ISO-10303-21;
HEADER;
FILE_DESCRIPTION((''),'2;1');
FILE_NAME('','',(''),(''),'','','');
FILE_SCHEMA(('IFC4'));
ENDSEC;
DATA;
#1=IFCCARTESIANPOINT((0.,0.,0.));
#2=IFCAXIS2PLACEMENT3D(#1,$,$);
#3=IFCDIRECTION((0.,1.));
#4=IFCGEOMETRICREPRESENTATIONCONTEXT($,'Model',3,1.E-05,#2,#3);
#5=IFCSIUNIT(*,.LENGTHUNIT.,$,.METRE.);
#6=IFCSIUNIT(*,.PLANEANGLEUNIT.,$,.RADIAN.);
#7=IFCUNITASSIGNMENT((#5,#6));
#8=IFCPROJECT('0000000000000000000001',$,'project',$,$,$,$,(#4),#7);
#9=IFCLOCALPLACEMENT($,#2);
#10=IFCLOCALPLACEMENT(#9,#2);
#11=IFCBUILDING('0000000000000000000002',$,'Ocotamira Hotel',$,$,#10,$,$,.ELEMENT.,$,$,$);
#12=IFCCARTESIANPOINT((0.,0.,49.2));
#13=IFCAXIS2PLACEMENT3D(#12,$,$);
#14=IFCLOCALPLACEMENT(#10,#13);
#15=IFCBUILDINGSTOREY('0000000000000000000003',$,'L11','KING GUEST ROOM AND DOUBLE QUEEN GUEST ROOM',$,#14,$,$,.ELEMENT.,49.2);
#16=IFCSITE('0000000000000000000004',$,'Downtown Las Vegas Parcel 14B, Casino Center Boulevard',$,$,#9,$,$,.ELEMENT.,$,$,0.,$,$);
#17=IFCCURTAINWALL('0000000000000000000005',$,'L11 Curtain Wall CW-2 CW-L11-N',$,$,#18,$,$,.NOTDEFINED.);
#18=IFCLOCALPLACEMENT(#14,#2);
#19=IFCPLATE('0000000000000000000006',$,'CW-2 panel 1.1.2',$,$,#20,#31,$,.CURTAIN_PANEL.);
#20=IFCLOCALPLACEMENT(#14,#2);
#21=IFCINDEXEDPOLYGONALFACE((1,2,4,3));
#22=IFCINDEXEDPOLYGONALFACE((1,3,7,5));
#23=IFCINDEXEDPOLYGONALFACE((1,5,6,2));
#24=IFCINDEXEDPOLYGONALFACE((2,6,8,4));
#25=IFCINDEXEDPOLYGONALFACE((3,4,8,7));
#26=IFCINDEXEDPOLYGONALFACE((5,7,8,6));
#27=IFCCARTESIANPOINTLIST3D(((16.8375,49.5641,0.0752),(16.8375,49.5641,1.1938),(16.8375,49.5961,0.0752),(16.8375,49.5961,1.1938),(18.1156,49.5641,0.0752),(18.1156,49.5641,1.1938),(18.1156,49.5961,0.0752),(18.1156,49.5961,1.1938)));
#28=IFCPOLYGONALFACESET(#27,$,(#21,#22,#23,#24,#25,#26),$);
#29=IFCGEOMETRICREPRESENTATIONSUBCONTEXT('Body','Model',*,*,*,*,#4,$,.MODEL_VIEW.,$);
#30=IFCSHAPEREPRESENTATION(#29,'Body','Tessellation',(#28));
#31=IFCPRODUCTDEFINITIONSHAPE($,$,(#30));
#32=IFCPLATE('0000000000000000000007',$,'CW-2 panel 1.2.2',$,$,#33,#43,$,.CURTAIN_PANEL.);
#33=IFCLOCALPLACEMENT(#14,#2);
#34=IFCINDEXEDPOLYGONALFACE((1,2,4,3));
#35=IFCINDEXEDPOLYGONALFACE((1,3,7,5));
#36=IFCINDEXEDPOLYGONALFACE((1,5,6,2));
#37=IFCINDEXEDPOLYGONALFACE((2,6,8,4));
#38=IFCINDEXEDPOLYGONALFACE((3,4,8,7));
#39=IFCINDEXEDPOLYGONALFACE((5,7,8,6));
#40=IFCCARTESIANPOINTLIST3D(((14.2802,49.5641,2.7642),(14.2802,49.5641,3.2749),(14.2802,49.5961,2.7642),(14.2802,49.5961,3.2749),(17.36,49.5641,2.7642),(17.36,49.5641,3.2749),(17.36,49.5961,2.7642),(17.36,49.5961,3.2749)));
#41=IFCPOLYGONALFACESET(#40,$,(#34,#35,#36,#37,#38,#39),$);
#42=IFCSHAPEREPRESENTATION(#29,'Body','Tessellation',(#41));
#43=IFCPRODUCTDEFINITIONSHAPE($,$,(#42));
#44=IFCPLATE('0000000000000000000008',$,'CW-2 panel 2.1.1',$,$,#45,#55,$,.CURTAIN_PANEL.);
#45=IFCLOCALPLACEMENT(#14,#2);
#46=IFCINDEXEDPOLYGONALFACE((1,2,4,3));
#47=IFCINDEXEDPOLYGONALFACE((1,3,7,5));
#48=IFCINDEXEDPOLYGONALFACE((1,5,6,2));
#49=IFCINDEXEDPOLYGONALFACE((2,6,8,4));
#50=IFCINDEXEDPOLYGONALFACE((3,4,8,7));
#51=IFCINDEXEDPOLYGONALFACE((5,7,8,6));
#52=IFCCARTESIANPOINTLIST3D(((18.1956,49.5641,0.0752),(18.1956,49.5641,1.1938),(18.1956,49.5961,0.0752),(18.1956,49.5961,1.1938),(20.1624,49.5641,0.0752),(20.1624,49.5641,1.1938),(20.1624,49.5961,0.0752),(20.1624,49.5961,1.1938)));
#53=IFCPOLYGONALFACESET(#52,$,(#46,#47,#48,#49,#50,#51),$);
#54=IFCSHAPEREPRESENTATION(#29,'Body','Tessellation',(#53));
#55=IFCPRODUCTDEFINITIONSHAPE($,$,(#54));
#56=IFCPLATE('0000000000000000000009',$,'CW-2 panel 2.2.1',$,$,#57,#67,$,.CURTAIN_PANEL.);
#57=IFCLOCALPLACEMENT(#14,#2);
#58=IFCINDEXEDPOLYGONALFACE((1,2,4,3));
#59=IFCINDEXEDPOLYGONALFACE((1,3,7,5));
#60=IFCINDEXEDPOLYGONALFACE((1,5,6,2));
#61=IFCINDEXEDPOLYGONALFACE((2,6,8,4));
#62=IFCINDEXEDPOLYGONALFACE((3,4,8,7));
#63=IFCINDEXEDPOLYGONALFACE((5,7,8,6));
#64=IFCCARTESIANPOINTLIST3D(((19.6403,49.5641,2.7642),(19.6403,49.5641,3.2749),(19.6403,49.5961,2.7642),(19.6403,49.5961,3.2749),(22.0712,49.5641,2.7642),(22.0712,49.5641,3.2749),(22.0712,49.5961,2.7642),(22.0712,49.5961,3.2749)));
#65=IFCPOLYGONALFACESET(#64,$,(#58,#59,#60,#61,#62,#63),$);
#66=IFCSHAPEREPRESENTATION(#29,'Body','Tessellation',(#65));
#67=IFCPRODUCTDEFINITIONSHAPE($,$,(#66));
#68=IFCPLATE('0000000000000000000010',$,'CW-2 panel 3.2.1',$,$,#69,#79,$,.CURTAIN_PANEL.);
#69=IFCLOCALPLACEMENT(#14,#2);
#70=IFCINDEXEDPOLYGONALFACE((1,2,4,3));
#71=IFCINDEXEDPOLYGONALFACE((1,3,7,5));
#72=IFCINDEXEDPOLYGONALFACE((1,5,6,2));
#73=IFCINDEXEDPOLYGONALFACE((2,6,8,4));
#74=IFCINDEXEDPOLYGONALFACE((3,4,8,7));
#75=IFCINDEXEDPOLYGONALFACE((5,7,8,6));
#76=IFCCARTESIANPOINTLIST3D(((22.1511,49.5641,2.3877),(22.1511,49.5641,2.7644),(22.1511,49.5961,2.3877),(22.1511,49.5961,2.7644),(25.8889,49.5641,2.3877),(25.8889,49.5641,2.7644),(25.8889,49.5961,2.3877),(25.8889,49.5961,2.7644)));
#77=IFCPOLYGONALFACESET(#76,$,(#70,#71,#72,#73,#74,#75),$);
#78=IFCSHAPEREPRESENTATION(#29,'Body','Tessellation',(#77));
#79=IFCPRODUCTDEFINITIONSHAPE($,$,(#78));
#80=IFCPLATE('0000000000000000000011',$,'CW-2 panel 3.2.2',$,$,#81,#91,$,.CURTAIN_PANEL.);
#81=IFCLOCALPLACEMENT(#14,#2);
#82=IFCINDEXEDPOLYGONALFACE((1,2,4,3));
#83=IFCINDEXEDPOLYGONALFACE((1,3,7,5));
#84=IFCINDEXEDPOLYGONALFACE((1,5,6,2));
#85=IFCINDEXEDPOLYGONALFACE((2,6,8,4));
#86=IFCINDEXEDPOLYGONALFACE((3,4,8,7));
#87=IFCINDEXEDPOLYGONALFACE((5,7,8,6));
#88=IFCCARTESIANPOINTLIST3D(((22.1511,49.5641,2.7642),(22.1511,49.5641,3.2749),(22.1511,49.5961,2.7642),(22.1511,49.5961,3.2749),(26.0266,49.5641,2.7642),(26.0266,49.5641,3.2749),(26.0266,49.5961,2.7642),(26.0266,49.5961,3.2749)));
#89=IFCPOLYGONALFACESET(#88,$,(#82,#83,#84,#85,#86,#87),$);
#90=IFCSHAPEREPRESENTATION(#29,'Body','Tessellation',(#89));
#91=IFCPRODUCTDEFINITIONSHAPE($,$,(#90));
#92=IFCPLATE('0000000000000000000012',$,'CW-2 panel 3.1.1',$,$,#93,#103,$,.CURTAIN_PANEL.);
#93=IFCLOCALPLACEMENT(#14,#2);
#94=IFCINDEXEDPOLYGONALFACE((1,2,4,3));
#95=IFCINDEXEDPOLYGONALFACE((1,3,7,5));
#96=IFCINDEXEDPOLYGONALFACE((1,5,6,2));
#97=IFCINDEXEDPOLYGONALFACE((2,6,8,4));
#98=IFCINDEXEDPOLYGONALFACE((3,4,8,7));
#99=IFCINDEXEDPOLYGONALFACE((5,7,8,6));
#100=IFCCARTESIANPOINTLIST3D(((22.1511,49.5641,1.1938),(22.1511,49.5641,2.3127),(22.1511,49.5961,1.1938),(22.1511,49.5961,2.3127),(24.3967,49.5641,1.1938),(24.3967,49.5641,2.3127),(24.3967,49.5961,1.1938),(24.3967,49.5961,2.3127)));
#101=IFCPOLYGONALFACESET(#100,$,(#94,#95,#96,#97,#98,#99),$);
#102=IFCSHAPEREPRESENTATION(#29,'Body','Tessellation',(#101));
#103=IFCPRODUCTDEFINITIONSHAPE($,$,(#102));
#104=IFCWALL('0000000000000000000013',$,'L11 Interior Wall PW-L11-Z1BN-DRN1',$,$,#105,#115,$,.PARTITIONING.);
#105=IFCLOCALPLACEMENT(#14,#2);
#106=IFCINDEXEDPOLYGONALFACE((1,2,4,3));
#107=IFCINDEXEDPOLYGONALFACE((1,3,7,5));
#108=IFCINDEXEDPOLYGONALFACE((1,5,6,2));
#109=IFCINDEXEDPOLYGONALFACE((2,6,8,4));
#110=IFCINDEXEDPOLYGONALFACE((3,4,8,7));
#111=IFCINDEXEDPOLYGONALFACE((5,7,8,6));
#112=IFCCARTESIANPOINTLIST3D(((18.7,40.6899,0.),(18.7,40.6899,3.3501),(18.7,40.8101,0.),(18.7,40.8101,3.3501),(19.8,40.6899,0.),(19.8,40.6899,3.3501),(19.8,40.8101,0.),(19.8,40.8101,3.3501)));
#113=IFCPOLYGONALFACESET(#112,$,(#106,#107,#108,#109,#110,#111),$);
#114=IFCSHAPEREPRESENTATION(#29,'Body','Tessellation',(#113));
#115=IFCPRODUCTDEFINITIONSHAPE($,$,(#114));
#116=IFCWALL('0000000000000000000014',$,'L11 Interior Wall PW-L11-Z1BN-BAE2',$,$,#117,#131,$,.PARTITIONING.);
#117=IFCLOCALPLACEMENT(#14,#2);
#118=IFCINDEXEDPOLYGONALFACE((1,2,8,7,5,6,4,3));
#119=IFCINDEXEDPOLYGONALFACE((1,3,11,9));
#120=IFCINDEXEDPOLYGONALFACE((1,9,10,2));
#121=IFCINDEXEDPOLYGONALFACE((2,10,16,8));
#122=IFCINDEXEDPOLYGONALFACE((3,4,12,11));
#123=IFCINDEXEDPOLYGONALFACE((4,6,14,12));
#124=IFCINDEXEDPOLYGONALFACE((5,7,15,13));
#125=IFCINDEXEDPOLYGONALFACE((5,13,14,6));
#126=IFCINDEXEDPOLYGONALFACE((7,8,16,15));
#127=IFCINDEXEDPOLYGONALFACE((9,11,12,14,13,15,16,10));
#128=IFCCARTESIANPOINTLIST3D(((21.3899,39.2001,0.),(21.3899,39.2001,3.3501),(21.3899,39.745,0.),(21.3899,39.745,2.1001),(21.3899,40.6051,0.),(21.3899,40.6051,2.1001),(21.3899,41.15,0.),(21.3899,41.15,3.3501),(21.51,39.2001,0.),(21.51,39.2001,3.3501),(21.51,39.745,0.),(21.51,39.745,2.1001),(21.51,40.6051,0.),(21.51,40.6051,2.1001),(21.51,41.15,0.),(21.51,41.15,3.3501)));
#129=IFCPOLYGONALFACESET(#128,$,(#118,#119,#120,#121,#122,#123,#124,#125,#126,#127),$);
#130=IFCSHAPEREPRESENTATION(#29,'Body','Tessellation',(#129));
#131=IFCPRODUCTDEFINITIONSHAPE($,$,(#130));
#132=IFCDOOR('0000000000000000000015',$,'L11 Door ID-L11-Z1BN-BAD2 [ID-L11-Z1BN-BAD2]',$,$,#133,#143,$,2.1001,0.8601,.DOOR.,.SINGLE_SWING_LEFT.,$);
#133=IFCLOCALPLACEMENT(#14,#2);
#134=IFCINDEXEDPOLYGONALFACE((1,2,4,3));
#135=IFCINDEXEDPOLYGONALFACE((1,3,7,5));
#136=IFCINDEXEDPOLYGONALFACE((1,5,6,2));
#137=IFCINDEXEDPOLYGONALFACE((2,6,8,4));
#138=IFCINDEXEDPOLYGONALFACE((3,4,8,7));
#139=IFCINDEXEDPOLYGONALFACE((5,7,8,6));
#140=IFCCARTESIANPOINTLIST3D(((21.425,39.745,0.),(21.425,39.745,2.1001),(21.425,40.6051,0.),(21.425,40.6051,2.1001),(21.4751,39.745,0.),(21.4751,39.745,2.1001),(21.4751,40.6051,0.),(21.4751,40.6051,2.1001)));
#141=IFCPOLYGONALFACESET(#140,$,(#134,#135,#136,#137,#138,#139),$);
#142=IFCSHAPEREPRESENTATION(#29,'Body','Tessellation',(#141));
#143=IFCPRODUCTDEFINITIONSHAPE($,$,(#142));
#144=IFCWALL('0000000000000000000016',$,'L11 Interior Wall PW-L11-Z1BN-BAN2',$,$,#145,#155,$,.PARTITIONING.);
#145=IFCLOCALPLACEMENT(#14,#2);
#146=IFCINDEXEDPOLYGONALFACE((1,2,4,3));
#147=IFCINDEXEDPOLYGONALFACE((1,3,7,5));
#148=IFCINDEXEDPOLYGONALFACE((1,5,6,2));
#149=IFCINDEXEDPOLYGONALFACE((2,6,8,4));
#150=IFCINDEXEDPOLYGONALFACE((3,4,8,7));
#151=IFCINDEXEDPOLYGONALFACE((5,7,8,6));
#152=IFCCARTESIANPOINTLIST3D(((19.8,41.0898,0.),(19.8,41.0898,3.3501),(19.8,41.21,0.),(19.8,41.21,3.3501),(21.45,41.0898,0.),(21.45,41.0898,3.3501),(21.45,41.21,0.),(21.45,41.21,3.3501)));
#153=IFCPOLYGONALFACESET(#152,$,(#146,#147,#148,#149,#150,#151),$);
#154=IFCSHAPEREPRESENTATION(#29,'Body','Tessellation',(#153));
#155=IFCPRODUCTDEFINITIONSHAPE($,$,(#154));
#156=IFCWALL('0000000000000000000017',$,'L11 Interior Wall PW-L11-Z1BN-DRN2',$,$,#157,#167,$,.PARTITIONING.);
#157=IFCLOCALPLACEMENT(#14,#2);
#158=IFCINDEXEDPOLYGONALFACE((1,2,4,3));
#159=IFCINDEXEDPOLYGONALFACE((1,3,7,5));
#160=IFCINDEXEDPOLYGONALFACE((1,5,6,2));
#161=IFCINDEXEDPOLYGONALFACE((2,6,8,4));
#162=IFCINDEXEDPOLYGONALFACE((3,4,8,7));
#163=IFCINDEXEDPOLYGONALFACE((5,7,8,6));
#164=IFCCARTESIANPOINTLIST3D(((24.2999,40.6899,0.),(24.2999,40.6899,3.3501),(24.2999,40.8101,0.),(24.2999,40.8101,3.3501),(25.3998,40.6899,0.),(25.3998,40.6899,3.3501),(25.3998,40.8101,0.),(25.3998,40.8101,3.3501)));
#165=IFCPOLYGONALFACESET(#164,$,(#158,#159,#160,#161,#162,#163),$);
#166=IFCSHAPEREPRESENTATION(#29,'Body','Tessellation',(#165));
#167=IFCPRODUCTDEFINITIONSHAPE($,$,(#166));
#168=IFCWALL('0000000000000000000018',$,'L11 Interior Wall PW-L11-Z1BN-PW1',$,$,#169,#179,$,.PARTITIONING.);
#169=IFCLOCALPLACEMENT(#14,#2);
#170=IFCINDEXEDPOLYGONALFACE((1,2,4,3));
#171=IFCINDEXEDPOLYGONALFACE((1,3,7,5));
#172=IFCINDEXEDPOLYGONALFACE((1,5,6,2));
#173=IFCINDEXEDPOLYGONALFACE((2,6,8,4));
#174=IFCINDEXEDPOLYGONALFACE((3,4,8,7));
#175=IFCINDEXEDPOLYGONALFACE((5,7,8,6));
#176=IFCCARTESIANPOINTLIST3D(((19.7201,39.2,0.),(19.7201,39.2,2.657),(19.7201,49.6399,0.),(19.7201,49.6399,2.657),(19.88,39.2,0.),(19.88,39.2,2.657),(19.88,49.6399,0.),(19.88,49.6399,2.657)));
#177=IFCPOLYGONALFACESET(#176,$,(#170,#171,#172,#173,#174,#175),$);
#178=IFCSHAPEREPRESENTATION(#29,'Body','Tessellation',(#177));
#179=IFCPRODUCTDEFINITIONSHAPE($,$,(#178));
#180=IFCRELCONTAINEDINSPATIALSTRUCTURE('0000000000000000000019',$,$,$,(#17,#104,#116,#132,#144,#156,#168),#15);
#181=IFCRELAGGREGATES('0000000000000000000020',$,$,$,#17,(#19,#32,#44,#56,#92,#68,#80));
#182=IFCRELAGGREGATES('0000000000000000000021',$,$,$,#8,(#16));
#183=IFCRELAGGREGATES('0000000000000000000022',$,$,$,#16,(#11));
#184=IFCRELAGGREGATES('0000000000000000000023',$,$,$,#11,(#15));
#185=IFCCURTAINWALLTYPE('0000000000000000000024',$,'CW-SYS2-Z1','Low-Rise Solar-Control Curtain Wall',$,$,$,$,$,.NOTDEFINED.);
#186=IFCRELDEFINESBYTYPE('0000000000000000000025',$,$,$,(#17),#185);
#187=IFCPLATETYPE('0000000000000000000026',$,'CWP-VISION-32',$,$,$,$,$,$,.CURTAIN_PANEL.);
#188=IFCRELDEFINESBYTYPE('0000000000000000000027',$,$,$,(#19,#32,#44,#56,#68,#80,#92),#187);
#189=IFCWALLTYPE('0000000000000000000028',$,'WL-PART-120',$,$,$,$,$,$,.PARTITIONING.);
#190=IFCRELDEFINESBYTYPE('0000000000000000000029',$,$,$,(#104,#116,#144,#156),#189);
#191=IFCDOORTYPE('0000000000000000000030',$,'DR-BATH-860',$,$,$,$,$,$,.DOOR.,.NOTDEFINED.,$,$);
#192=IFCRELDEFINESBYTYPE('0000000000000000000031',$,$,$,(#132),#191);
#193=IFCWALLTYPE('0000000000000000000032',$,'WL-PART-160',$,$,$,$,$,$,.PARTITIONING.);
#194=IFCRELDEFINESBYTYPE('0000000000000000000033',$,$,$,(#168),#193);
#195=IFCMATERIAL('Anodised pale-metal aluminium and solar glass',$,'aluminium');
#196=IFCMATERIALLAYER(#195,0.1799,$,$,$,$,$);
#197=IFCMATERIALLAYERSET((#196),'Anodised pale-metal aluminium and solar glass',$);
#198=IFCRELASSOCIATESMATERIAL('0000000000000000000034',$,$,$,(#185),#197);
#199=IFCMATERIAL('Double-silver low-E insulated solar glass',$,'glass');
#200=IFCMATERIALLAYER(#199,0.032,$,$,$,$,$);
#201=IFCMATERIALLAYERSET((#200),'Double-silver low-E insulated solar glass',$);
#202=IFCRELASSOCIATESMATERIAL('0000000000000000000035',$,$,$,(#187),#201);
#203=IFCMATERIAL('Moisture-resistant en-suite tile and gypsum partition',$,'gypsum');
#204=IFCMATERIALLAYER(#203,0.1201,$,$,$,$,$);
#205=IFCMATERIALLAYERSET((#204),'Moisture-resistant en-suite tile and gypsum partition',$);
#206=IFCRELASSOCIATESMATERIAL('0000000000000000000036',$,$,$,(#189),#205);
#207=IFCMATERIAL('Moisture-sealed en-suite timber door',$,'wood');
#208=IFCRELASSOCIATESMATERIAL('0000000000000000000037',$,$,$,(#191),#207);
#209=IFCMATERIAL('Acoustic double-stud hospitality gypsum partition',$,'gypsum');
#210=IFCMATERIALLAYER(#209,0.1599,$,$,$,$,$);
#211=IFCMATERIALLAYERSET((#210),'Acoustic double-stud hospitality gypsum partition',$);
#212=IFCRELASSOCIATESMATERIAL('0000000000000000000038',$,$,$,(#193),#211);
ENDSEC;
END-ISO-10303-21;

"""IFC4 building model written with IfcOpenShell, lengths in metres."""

from ifc_helpers import new_model, si_unit, direction, frame, frame_2d, origin, origin_2d, place, context, subcontext, project, spatial, rectangle, extrude, source, transform, mapped, material, layer, layer_set, type_object, element, fill, aggregate, save


model = new_model("IFC4")

# Units and contexts
model_context = context("Model", 3, precision=1e-05, world=origin(), true_north=direction((0.0, 1.0)))
body_context = subcontext(model_context, "Body", "Model", "MODEL_VIEW")
ifc_project = project(units=[si_unit("LENGTHUNIT", "METRE"), si_unit("PLANEANGLEUNIT", "RADIAN")], contexts=[model_context])

# Site, building, storey
site_placement = place(None, origin())
site = spatial("IfcSite", under=ifc_project, at=site_placement, Name="Downtown Las Vegas Parcel 14B, Casino Center Boulevard", CompositionType="ELEMENT", RefElevation=0.0)
building_placement = place(site_placement, origin())
building = spatial("IfcBuilding", under=site, at=building_placement, Name="Ocotamira Hotel", CompositionType="ELEMENT")
storey_placement = place(building_placement, frame((0.0, 0.0, 49.2)))
storey = spatial("IfcBuildingStorey", under=building, at=storey_placement, Name="L11", Description="KING GUEST ROOM AND DOUBLE QUEEN GUEST ROOM", CompositionType="ELEMENT", Elevation=49.2)

# Curtain wall
ifc_material_1 = material(Name="Anodised pale-metal aluminium and solar glass", Category="aluminium")
ifc_layer_1 = layer(ifc_material_1, 0.1799)
ifc_layer_set_1 = layer_set([ifc_layer_1], Name="Anodised pale-metal aluminium and solar glass")
curtain_wall_type = type_object("IfcCurtainWallType", Name="CW-SYS2-Z1", Description="Low-Rise Solar-Control Curtain Wall", PredefinedType="NOTDEFINED", material=ifc_layer_set_1)
curtain_wall_placement = place(storey_placement, origin())
curtain_wall = element("IfcCurtainWall", 1, at=curtain_wall_placement, inside=storey, type_object=curtain_wall_type, Name="L11 Curtain Wall CW-2 CW-L11-N", PredefinedType="NOTDEFINED")

# Plates
ifc_material_2 = material(Name="Double-silver low-E insulated solar glass", Category="glass")
ifc_layer_2 = layer(ifc_material_2, 0.032)
ifc_layer_set_2 = layer_set([ifc_layer_2], Name="Double-silver low-E insulated solar glass")
plate_type_1 = type_object("IfcPlateType", Name="CWP-VISION-32", PredefinedType="CURTAIN_PANEL", material=ifc_layer_set_2)
shared_shape_1 = source(origin(), body_context, "Body", "SweptSolid", [
    extrude(rectangle(XDim=1.2781, YDim=0.032, at=origin_2d()), origin(), (0.0, 0.0, 1.0), 1.1187),
])
plate_1_placement = place(storey_placement, frame((17.4766, 49.5801, 0.0752), z_axis=(0.0, 0.0, 1.0), x_axis=(1.0, 0.0, 0.0)))
plate_1 = element("IfcPlate", 2, at=plate_1_placement, type_object=plate_type_1, Name="CW-2 panel 1.1.2", PredefinedType="CURTAIN_PANEL", context=body_context, shape_type="MappedRepresentation", body=[
    mapped(shared_shape_1, transform((0.0, 0.0, 0.0), scale=1.0)),
])
shared_shape_2 = source(origin(), body_context, "Body", "SweptSolid", [
    extrude(rectangle(XDim=3.0798, YDim=0.032, at=origin_2d()), origin(), (0.0, 0.0, 1.0), 0.5107),
])
plate_2_placement = place(storey_placement, frame((15.8201, 49.5801, 2.7642), z_axis=(0.0, 0.0, 1.0), x_axis=(1.0, 0.0, 0.0)))
plate_2 = element("IfcPlate", 3, at=plate_2_placement, type_object=plate_type_1, Name="CW-2 panel 1.2.2", PredefinedType="CURTAIN_PANEL", context=body_context, shape_type="MappedRepresentation", body=[
    mapped(shared_shape_2, transform((0.0, 0.0, 0.0), scale=1.0)),
])
shared_shape_3 = source(origin(), body_context, "Body", "SweptSolid", [
    extrude(rectangle(XDim=1.9668, YDim=0.032, at=origin_2d()), origin(), (0.0, 0.0, 1.0), 1.1187),
])
plate_3_placement = place(storey_placement, frame((19.179, 49.5801, 0.0752), z_axis=(0.0, 0.0, 1.0), x_axis=(1.0, 0.0, 0.0)))
plate_3 = element("IfcPlate", 4, at=plate_3_placement, type_object=plate_type_1, Name="CW-2 panel 2.1.1", PredefinedType="CURTAIN_PANEL", context=body_context, shape_type="MappedRepresentation", body=[
    mapped(shared_shape_3, transform((0.0, 0.0, 0.0), scale=1.0)),
])
shared_shape_4 = source(origin(), body_context, "Body", "SweptSolid", [
    extrude(rectangle(XDim=2.4309, YDim=0.032, at=origin_2d()), origin(), (0.0, 0.0, 1.0), 0.5107),
])
plate_4_placement = place(storey_placement, frame((20.8557, 49.5801, 2.7642), z_axis=(0.0, 0.0, 1.0), x_axis=(1.0, 0.0, 0.0)))
plate_4 = element("IfcPlate", 5, at=plate_4_placement, type_object=plate_type_1, Name="CW-2 panel 2.2.1", PredefinedType="CURTAIN_PANEL", context=body_context, shape_type="MappedRepresentation", body=[
    mapped(shared_shape_4, transform((0.0, 0.0, 0.0), scale=1.0)),
])
shared_shape_5 = source(origin(), body_context, "Body", "SweptSolid", [
    extrude(rectangle(XDim=3.7378, YDim=0.032, at=origin_2d()), origin(), (0.0, 0.0, 1.0), 0.3767),
])
plate_5_placement = place(storey_placement, frame((24.02, 49.5801, 2.3877), z_axis=(0.0, 0.0, 1.0), x_axis=(1.0, 0.0, 0.0)))
plate_5 = element("IfcPlate", 6, at=plate_5_placement, type_object=plate_type_1, Name="CW-2 panel 3.2.1", PredefinedType="CURTAIN_PANEL", context=body_context, shape_type="MappedRepresentation", body=[
    mapped(shared_shape_5, transform((0.0, 0.0, 0.0), scale=1.0)),
])
shared_shape_6 = source(origin(), body_context, "Body", "SweptSolid", [
    extrude(rectangle(XDim=3.8755, YDim=0.032, at=origin_2d()), origin(), (0.0, 0.0, 1.0), 0.5107),
])
plate_6_placement = place(storey_placement, frame((24.0889, 49.5801, 2.7642), z_axis=(0.0, 0.0, 1.0), x_axis=(1.0, 0.0, 0.0)))
plate_6 = element("IfcPlate", 7, at=plate_6_placement, type_object=plate_type_1, Name="CW-2 panel 3.2.2", PredefinedType="CURTAIN_PANEL", context=body_context, shape_type="MappedRepresentation", body=[
    mapped(shared_shape_6, transform((0.0, 0.0, 0.0), scale=1.0)),
])
shared_shape_7 = source(origin(), body_context, "Body", "SweptSolid", [
    extrude(rectangle(XDim=2.2456, YDim=0.032, at=origin_2d()), origin(), (0.0, 0.0, 1.0), 1.1189),
])
plate_7_placement = place(storey_placement, frame((23.2739, 49.5801, 1.1938), z_axis=(0.0, 0.0, 1.0), x_axis=(1.0, 0.0, 0.0)))
plate_7 = element("IfcPlate", 8, at=plate_7_placement, type_object=plate_type_1, Name="CW-2 panel 3.1.1", PredefinedType="CURTAIN_PANEL", context=body_context, shape_type="MappedRepresentation", body=[
    mapped(shared_shape_7, transform((0.0, 0.0, 0.0), scale=1.0)),
])
aggregate(curtain_wall, [plate_1, plate_2, plate_3, plate_4, plate_7, plate_5, plate_6])

# Shared definitions
ifc_material_3 = material(Name="Moisture-resistant en-suite tile and gypsum partition", Category="gypsum")
ifc_layer_3 = layer(ifc_material_3, 0.1201)
ifc_layer_set_3 = layer_set([ifc_layer_3], Name="Moisture-resistant en-suite tile and gypsum partition")
wall_type_1 = type_object("IfcWallType", Name="WL-PART-120", PredefinedType="PARTITIONING", material=ifc_layer_set_3)

# Wall
wall_1_placement = place(storey_placement, frame((18.7, 40.75, 0.0), z_axis=(0.0, 0.0, 1.0), x_axis=(1.0, 0.0, 0.0)))
element("IfcWall", 9, at=wall_1_placement, inside=storey, type_object=wall_type_1, Name="L11 Interior Wall PW-L11-Z1BN-DRN1", PredefinedType="PARTITIONING", context=body_context, shape_type="SweptSolid", body=[
    extrude(rectangle(XDim=1.1001, YDim=0.1201, at=frame_2d((0.55, 0.0))), origin(), (0.0, 0.0, 1.0), 3.3501),
])

# Wall, opening, door
wall_2_placement = place(storey_placement, frame((21.45, 39.2, 0.0), z_axis=(0.0, 0.0, 1.0), x_axis=(0.0, 1.0, 0.0)))
wall_2 = element("IfcWall", 10, at=wall_2_placement, inside=storey, type_object=wall_type_1, Name="L11 Interior Wall PW-L11-Z1BN-BAE2", PredefinedType="PARTITIONING", context=body_context, shape_type="SweptSolid", body=[
    extrude(rectangle(XDim=1.95, YDim=0.1201, at=frame_2d((0.9751, 0.0))), origin(), (0.0, 0.0, 1.0), 3.3501),
])
opening_1_placement = place(wall_2_placement, frame((0.5449, 0.0, 0.0)))
opening_1 = element("IfcOpeningElement", 11, at=opening_1_placement, cuts=wall_2, PredefinedType="OPENING", context=body_context, shape_type="SweptSolid", body=[
    extrude(rectangle(XDim=0.8601, YDim=2.1001, at=frame_2d((0.4302, 1.05))), frame((0.0, 0.0701, 0.0), z_axis=(0.0, -1.0, 0.0), x_axis=(1.0, 0.0, 0.0)), (0.0, 0.0, 1.0), 0.1401),
])
ifc_material_4 = material(Name="Moisture-sealed en-suite timber door", Category="wood")
door_type_1 = type_object("IfcDoorType", Name="DR-BATH-860", OperationType="NOTDEFINED", PredefinedType="DOOR", material=ifc_material_4)
shared_shape_8 = source(origin(), body_context, "Body", "SweptSolid", [
    extrude(rectangle(XDim=0.8601, YDim=2.1001, at=frame_2d((0.4302, 1.05))), frame((0.0, 0.0249, 0.0), z_axis=(0.0, -1.0, 0.0), x_axis=(1.0, 0.0, 0.0)), (0.0, 0.0, 1.0), 0.05),
])
door_1_placement = place(opening_1_placement, origin())
door_1 = element("IfcDoor", 12, at=door_1_placement, inside=storey, type_object=door_type_1, Name="L11 Door ID-L11-Z1BN-BAD2 [ID-L11-Z1BN-BAD2]", OperationType="SINGLE_SWING_LEFT", OverallHeight=2.1001, OverallWidth=0.8601, PredefinedType="DOOR", context=body_context, shape_type="MappedRepresentation", body=[
    mapped(shared_shape_8, transform((0.0, 0.0, 0.0), scale=1.0)),
])
fill(opening_1, door_1)

# Walls
wall_3_placement = place(storey_placement, frame((19.8, 41.1499, 0.0), z_axis=(0.0, 0.0, 1.0), x_axis=(1.0, 0.0, 0.0)))
element("IfcWall", 13, at=wall_3_placement, inside=storey, type_object=wall_type_1, Name="L11 Interior Wall PW-L11-Z1BN-BAN2", PredefinedType="PARTITIONING", context=body_context, shape_type="SweptSolid", body=[
    extrude(rectangle(XDim=1.6499, YDim=0.1201, at=frame_2d((0.825, 0.0))), origin(), (0.0, 0.0, 1.0), 3.3501),
])
wall_4_placement = place(storey_placement, frame((24.3, 40.75, 0.0), z_axis=(0.0, 0.0, 1.0), x_axis=(1.0, 0.0, 0.0)))
element("IfcWall", 14, at=wall_4_placement, inside=storey, type_object=wall_type_1, Name="L11 Interior Wall PW-L11-Z1BN-DRN2", PredefinedType="PARTITIONING", context=body_context, shape_type="SweptSolid", body=[
    extrude(rectangle(XDim=1.0999, YDim=0.1201, at=frame_2d((0.5498, 0.0))), origin(), (0.0, 0.0, 1.0), 3.3501),
])
ifc_material_5 = material(Name="Acoustic double-stud hospitality gypsum partition", Category="gypsum")
ifc_layer_4 = layer(ifc_material_5, 0.1599)
ifc_layer_set_4 = layer_set([ifc_layer_4], Name="Acoustic double-stud hospitality gypsum partition")
wall_type_2 = type_object("IfcWallType", Name="WL-PART-160", PredefinedType="PARTITIONING", material=ifc_layer_set_4)
wall_5_placement = place(storey_placement, frame((19.8, 39.2, 0.0), z_axis=(0.0, 0.0, 1.0), x_axis=(0.0, 1.0, 0.0)))
element("IfcWall", 15, at=wall_5_placement, inside=storey, type_object=wall_type_2, Name="L11 Interior Wall PW-L11-Z1BN-PW1", PredefinedType="PARTITIONING", context=body_context, shape_type="SweptSolid", body=[
    extrude(rectangle(XDim=10.4399, YDim=0.1599, at=frame_2d((5.22, 0.0))), origin(), (0.0, 0.0, 1.0), 2.657),
])

save(model, "model.ifc")
